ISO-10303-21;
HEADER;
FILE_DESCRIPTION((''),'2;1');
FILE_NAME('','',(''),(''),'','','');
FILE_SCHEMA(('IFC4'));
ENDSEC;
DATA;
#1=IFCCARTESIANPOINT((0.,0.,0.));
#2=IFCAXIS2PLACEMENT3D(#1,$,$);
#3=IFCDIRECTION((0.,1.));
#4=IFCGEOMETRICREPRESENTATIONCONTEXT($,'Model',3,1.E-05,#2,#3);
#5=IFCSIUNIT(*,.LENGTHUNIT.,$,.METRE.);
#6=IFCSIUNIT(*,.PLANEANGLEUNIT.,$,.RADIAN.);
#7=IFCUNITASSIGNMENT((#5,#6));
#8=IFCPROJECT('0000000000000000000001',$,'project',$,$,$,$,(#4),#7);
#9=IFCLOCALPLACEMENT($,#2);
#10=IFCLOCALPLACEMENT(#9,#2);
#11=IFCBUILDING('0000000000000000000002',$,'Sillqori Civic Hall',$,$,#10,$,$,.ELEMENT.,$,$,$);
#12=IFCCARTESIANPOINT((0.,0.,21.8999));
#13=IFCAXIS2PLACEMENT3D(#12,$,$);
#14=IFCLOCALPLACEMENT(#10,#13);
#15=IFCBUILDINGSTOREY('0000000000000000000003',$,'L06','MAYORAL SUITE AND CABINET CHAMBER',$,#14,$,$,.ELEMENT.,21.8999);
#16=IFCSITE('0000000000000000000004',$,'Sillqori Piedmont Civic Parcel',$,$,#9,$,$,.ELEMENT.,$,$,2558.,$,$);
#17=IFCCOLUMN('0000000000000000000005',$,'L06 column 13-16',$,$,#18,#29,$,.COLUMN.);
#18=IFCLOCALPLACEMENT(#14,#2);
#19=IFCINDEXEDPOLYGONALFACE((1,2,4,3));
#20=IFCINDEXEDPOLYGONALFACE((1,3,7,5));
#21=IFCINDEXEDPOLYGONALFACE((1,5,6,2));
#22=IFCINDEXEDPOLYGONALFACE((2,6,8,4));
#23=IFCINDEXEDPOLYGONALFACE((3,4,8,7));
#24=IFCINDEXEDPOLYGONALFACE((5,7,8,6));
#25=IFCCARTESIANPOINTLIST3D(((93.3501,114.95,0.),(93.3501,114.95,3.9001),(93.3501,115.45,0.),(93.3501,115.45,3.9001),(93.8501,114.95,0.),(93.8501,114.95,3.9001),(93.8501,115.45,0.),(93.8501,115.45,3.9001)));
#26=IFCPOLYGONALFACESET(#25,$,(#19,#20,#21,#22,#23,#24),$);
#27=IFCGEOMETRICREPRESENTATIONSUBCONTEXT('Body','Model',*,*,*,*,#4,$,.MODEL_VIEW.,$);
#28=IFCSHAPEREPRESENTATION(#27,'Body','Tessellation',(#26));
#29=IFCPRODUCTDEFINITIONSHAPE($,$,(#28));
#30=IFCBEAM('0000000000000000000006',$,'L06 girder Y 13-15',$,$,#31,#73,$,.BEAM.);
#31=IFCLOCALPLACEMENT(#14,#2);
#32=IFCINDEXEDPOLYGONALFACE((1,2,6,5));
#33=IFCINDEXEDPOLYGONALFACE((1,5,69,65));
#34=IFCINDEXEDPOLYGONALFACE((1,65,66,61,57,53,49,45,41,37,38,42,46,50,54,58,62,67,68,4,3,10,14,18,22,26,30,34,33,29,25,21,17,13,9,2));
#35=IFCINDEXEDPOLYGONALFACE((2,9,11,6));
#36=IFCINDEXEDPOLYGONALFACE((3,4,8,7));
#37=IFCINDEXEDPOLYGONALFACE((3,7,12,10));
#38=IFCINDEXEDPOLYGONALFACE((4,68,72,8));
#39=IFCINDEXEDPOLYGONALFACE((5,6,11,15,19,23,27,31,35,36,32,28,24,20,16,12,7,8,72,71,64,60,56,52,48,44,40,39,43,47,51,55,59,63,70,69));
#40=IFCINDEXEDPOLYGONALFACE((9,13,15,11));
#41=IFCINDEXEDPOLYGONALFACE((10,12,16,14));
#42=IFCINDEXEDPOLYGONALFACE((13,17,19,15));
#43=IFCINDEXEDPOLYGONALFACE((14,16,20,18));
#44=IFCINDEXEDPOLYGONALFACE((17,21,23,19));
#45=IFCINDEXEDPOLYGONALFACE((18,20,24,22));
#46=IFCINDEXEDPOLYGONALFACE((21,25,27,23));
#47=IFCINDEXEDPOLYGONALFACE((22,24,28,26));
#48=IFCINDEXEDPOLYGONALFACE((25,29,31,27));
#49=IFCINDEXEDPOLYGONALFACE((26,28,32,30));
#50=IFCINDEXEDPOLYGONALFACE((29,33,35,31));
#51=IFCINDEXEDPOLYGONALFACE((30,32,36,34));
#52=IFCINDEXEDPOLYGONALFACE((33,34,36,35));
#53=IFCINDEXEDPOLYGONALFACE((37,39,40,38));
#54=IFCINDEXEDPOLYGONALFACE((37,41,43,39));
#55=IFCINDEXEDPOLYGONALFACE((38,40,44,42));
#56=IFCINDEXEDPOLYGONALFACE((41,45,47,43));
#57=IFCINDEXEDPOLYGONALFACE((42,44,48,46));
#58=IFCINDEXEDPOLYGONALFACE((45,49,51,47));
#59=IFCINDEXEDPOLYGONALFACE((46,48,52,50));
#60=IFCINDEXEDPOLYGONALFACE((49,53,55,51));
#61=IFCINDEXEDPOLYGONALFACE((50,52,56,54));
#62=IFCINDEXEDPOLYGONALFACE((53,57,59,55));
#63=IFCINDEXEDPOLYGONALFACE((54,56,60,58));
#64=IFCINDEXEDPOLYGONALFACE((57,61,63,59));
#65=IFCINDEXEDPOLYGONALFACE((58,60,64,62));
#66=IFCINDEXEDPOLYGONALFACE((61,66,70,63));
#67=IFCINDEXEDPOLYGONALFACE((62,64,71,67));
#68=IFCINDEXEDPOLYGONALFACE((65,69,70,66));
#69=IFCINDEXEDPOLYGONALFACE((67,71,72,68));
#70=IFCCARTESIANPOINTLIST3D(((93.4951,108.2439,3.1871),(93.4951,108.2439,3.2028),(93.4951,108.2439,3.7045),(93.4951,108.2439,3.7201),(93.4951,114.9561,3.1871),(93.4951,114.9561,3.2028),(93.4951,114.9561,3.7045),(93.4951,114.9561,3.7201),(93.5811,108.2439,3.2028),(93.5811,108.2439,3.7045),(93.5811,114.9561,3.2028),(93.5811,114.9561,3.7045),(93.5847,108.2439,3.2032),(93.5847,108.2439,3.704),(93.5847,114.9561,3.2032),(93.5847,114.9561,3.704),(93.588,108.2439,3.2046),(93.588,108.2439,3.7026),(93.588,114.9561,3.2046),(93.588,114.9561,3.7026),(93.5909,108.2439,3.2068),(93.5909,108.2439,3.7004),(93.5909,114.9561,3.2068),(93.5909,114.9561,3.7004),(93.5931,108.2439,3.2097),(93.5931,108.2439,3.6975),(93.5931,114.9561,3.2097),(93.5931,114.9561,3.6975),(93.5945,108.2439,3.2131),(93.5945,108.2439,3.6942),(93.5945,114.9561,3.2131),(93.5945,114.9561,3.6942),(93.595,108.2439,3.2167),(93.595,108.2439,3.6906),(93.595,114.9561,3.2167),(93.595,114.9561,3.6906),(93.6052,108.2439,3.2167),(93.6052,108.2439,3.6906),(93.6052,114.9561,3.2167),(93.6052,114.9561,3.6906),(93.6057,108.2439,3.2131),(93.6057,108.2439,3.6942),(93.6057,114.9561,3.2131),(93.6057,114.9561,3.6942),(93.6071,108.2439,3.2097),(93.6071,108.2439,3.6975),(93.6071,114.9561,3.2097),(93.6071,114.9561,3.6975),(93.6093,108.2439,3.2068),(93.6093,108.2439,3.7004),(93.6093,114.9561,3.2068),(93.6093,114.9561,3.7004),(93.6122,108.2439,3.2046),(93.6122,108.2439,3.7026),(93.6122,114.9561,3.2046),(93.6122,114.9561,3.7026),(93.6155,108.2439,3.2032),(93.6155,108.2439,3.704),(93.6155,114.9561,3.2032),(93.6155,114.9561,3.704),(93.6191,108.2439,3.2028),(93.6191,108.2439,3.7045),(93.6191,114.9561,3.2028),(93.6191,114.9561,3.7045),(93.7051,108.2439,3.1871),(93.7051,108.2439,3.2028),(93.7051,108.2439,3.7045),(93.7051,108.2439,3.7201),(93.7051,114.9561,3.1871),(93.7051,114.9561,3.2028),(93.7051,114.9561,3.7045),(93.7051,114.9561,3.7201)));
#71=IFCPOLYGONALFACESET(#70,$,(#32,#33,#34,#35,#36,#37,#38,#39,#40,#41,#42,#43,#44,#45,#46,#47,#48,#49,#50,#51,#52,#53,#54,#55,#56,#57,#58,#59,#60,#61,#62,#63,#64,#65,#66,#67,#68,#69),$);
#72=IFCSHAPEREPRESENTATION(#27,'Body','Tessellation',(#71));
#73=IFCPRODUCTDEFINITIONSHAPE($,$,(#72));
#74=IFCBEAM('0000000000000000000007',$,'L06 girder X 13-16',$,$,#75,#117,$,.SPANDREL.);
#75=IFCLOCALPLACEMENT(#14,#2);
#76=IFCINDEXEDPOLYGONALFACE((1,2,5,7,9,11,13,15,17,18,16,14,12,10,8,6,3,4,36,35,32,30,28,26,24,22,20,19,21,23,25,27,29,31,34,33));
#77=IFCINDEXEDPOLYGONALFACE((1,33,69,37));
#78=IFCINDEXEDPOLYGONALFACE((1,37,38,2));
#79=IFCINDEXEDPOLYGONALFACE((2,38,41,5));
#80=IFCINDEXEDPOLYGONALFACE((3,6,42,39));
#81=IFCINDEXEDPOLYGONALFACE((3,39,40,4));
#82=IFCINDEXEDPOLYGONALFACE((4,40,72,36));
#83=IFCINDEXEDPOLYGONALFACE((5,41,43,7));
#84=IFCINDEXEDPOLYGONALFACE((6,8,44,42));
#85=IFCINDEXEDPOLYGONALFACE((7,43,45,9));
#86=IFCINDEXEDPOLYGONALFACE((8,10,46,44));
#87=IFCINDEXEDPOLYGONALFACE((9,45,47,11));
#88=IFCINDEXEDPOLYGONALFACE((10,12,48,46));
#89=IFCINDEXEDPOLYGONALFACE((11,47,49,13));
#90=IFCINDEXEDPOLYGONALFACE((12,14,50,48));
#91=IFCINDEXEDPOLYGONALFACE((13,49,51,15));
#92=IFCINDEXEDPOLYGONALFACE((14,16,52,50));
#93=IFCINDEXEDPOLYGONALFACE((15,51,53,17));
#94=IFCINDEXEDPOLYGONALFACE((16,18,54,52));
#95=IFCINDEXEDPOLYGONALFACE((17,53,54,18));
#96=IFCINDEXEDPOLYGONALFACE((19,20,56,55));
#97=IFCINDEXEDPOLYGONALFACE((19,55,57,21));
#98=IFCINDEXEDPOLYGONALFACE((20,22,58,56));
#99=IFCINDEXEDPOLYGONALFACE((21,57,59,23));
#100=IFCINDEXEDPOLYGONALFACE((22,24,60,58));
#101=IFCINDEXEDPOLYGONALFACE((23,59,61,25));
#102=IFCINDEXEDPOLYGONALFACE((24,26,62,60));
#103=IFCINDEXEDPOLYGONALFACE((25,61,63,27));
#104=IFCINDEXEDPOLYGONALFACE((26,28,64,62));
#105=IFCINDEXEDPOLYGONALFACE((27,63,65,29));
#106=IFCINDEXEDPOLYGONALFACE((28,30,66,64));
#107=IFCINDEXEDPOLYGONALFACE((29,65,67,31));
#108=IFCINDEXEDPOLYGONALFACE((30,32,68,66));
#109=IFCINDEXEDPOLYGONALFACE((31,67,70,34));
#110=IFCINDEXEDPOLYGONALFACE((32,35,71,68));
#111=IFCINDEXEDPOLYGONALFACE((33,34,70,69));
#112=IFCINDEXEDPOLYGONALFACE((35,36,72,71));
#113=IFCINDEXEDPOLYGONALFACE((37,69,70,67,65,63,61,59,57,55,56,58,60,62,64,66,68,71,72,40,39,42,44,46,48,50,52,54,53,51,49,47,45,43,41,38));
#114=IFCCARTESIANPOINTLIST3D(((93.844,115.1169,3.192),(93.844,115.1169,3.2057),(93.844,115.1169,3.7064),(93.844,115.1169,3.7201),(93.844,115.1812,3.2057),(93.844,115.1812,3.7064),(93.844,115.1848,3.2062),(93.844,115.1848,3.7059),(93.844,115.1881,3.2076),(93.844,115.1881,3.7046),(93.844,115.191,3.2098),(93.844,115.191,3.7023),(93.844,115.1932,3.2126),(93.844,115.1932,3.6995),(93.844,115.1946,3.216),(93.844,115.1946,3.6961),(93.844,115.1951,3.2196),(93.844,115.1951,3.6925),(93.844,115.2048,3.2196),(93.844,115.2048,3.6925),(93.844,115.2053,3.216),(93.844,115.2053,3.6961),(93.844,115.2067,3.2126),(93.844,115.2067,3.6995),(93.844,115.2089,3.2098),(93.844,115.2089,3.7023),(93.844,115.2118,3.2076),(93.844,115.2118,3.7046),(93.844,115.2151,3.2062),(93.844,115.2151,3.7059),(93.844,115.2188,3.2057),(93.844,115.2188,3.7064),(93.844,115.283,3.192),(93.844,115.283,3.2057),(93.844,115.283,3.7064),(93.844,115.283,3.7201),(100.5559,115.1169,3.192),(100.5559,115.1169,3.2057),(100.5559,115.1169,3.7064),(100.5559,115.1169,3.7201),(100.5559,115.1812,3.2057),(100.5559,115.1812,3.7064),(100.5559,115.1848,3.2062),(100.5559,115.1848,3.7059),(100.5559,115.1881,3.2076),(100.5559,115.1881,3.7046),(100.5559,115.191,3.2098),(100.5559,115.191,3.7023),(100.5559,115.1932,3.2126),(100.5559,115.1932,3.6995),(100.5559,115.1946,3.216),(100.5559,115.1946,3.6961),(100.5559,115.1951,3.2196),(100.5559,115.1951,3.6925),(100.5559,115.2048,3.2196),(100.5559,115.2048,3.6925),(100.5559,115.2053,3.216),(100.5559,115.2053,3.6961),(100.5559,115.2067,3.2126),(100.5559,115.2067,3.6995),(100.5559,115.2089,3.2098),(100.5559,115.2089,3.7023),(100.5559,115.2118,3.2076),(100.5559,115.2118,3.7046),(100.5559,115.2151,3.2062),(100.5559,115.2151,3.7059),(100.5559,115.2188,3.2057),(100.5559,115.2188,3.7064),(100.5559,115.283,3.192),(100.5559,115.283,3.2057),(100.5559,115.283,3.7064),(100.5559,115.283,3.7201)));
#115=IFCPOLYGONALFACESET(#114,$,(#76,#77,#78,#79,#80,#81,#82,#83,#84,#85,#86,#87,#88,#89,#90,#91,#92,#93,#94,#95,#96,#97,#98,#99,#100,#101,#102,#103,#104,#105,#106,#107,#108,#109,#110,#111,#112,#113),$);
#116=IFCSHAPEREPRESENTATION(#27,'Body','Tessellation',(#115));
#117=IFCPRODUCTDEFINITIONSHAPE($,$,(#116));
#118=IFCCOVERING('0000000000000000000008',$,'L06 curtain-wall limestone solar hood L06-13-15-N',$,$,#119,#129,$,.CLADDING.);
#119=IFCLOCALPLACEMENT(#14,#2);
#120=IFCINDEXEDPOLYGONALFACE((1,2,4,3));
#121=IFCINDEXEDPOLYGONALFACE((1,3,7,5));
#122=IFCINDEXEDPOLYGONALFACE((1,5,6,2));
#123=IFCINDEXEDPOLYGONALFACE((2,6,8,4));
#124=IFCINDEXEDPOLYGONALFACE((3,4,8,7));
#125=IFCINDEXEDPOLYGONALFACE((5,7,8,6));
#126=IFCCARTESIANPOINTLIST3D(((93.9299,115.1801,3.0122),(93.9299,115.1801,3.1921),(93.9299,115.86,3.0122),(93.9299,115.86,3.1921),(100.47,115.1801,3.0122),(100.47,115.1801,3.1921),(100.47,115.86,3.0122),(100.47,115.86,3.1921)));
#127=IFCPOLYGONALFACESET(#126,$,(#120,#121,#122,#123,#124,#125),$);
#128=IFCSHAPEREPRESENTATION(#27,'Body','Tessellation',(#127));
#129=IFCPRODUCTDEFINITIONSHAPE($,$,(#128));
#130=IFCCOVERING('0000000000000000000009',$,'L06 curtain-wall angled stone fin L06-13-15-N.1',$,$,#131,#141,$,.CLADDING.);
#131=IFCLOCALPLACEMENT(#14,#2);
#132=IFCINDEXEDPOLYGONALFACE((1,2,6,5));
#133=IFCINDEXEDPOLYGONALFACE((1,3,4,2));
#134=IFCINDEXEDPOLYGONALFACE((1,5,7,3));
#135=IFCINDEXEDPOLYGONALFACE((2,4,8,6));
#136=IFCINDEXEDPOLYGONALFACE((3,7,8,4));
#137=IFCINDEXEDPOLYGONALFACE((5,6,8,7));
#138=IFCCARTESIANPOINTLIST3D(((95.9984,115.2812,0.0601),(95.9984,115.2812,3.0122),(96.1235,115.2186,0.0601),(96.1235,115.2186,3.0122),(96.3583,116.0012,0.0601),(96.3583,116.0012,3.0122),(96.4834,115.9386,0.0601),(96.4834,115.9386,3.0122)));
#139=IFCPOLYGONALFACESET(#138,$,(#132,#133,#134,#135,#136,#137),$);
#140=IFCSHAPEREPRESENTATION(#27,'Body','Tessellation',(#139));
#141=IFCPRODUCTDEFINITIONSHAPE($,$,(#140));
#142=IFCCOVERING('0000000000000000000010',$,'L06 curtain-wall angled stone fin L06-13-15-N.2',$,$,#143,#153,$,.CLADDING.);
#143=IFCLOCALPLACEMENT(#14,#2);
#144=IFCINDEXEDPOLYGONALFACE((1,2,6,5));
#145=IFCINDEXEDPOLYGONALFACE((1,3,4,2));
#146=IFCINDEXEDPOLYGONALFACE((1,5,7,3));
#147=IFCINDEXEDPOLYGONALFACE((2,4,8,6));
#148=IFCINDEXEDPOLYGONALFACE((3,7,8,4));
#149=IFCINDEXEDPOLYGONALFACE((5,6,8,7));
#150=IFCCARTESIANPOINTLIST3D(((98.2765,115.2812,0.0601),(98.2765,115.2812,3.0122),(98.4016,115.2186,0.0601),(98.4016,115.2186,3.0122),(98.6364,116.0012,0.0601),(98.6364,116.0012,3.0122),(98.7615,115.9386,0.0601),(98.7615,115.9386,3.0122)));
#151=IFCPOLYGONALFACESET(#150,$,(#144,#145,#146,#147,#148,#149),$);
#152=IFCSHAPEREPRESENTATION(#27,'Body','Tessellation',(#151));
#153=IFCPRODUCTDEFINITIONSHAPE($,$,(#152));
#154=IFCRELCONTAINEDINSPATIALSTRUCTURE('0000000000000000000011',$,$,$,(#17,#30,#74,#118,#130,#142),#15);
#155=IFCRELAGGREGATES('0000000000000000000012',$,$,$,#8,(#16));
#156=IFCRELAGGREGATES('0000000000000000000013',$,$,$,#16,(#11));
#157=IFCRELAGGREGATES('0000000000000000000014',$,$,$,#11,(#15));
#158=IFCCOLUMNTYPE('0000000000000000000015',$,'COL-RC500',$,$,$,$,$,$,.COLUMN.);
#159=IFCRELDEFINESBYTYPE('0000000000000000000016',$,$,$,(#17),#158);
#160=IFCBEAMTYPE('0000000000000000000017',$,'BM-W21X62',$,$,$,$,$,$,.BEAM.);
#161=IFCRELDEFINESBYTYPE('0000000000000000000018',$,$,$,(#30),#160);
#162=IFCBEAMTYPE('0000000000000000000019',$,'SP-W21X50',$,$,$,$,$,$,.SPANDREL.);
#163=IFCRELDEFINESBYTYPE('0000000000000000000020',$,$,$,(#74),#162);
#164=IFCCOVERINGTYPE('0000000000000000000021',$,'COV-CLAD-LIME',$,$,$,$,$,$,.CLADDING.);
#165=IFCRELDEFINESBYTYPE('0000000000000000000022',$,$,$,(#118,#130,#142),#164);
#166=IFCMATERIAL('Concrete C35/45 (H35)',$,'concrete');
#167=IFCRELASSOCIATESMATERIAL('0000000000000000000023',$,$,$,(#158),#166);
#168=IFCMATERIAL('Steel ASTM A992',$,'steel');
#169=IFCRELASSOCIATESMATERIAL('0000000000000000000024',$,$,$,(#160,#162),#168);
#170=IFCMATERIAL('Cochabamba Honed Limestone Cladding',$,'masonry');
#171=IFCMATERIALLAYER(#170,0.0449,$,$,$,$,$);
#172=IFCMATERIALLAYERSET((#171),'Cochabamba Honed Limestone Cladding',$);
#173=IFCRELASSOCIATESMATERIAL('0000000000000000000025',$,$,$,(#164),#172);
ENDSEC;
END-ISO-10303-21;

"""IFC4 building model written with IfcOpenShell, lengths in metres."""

from ifc_helpers import new_model, si_unit, direction, frame, frame_2d, origin, origin_2d, place, context, subcontext, project, spatial, rectangle, i_section, extrude, material, layer, layer_set, material_profile, profile_set, type_object, element, save


model = new_model("IFC4")

# Units and contexts
model_context = context("Model", 3, precision=1e-05, world=origin(), true_north=direction((0.0, 1.0)))
body_context = subcontext(model_context, "Body", "Model", "MODEL_VIEW")
ifc_project = project(units=[si_unit("LENGTHUNIT", "METRE"), si_unit("PLANEANGLEUNIT", "RADIAN")], contexts=[model_context])

# Site, building, storey
site_placement = place(None, origin())
site = spatial("IfcSite", under=ifc_project, at=site_placement, Name="Sillqori Piedmont Civic Parcel", CompositionType="ELEMENT", RefElevation=2558.0)
building_placement = place(site_placement, origin())
building = spatial("IfcBuilding", under=site, at=building_placement, Name="Sillqori Civic Hall", CompositionType="ELEMENT")
storey_placement = place(building_placement, frame((0.0, 0.0, 21.8999)))
storey = spatial("IfcBuildingStorey", under=building, at=storey_placement, Name="L06", Description="MAYORAL SUITE AND CABINET CHAMBER", CompositionType="ELEMENT", Elevation=21.8999)

# Column
ifc_material_1 = material(Name="Concrete C35/45 (H35)", Category="concrete")
ifc_material_profile_1 = material_profile(ifc_material_1, rectangle(XDim=0.5, YDim=0.5, at=origin_2d()), Name="RC 500x500")
ifc_profile_set_1 = profile_set([ifc_material_profile_1], Name="Concrete C35/45 (H35)")
column_type = type_object("IfcColumnType", Name="COL-RC500", PredefinedType="COLUMN", material=ifc_profile_set_1)
column_placement = place(storey_placement, frame((93.6001, 115.2, 0.0), z_axis=(0.0, 0.0, 1.0), x_axis=(1.0, 0.0, 0.0)))
element("IfcColumn", 1, at=column_placement, inside=storey, type_object=column_type, Name="L06 column 13-16", PredefinedType="COLUMN", context=body_context, shape_type="SweptSolid", body=[
    extrude(rectangle(XDim=0.5, YDim=0.5, at=origin_2d()), origin(), (0.0, 0.0, 1.0), 3.9001),
])

# Beam
ifc_material_2 = material(Name="Steel ASTM A992", Category="steel")
ifc_material_profile_2 = material_profile(ifc_material_2, i_section(OverallWidth=0.21, OverallDepth=0.533, WebThickness=0.0103, FlangeThickness=0.0156, FilletRadius=0.0139, at=origin_2d()), Name="W21X62")
ifc_profile_set_2 = profile_set([ifc_material_profile_2], Name="Steel ASTM A992")
beam_type_1 = type_object("IfcBeamType", Name="BM-W21X62", PredefinedType="BEAM", material=ifc_profile_set_2)
beam_1_placement = place(storey_placement, frame((93.6001, 108.2439, 3.4536), z_axis=(0.0, 1.0, 0.0), x_axis=(-1.0, 0.0, 0.0)))
element("IfcBeam", 2, at=beam_1_placement, inside=storey, type_object=beam_type_1, Name="L06 girder Y 13-15", PredefinedType="BEAM", context=body_context, shape_type="SweptSolid", body=[
    extrude(i_section(OverallWidth=0.21, OverallDepth=0.533, WebThickness=0.0103, FlangeThickness=0.0156, FilletRadius=0.0139, at=origin_2d()), origin(), (0.0, 0.0, 1.0), 6.7122),
])

# Beam
ifc_material_profile_3 = material_profile(ifc_material_2, i_section(OverallWidth=0.166, OverallDepth=0.5281, WebThickness=0.0098, FlangeThickness=0.0137, FilletRadius=0.0139, at=origin_2d()), Name="W21X50")
ifc_profile_set_3 = profile_set([ifc_material_profile_3], Name="Steel ASTM A992")
beam_type_2 = type_object("IfcBeamType", Name="SP-W21X50", PredefinedType="SPANDREL", material=ifc_profile_set_3)
beam_2_placement = place(storey_placement, frame((93.844, 115.2, 3.4561), z_axis=(1.0, 0.0, 0.0), x_axis=(0.0, 1.0, 0.0)))
element("IfcBeam", 3, at=beam_2_placement, inside=storey, type_object=beam_type_2, Name="L06 girder X 13-16", PredefinedType="SPANDREL", context=body_context, shape_type="SweptSolid", body=[
    extrude(i_section(OverallWidth=0.166, OverallDepth=0.5281, WebThickness=0.0098, FlangeThickness=0.0137, FilletRadius=0.0139, at=origin_2d()), origin(), (0.0, 0.0, 1.0), 6.7119),
])

# Coverings
ifc_material_3 = material(Name="Cochabamba Honed Limestone Cladding", Category="masonry")
ifc_layer_1 = layer(ifc_material_3, 0.0449)
ifc_layer_set_1 = layer_set([ifc_layer_1], Name="Cochabamba Honed Limestone Cladding")
covering_type = type_object("IfcCoveringType", Name="COV-CLAD-LIME", PredefinedType="CLADDING", material=ifc_layer_set_1)
covering_placement = place(storey_placement, frame((93.9299, 115.52, 3.0122), z_axis=(0.0, 0.0, 1.0), x_axis=(1.0, 0.0, 0.0)))
element("IfcCovering", 4, at=covering_placement, inside=storey, type_object=covering_type, Name="L06 curtain-wall limestone solar hood L06-13-15-N", PredefinedType="CLADDING", context=body_context, shape_type="SweptSolid", body=[
    extrude(rectangle(XDim=6.54, YDim=0.6799, at=frame_2d((3.27, 0.0))), origin(), (0.0, 0.0, 1.0), 0.1799),
])
for number, where, z_axis, x_axis, name in (
    (5, (96.061, 115.25, 0.0601), (0.0, 0.0, 1.0), (0.447092, 0.894488, 0.0), "L06 curtain-wall angled stone fin L06-13-15-N.1"),
    (6, (98.3391, 115.25, 0.0601), (0.0, 0.0, 1.0), (0.447092, 0.894488, 0.0), "L06 curtain-wall angled stone fin L06-13-15-N.2"),
):
    element("IfcCovering", number, at=place(storey_placement, frame(where, z_axis=z_axis, x_axis=x_axis)), inside=storey, type_object=covering_type, Name=name, PredefinedType="CLADDING", context=body_context, shape_type="SweptSolid", body=[
        extrude(rectangle(XDim=0.8049, YDim=0.1399, at=frame_2d((0.4023, 0.0))), origin(), (0.0, 0.0, 1.0), 2.9521),
    ])

save(model, "model.ifc")
